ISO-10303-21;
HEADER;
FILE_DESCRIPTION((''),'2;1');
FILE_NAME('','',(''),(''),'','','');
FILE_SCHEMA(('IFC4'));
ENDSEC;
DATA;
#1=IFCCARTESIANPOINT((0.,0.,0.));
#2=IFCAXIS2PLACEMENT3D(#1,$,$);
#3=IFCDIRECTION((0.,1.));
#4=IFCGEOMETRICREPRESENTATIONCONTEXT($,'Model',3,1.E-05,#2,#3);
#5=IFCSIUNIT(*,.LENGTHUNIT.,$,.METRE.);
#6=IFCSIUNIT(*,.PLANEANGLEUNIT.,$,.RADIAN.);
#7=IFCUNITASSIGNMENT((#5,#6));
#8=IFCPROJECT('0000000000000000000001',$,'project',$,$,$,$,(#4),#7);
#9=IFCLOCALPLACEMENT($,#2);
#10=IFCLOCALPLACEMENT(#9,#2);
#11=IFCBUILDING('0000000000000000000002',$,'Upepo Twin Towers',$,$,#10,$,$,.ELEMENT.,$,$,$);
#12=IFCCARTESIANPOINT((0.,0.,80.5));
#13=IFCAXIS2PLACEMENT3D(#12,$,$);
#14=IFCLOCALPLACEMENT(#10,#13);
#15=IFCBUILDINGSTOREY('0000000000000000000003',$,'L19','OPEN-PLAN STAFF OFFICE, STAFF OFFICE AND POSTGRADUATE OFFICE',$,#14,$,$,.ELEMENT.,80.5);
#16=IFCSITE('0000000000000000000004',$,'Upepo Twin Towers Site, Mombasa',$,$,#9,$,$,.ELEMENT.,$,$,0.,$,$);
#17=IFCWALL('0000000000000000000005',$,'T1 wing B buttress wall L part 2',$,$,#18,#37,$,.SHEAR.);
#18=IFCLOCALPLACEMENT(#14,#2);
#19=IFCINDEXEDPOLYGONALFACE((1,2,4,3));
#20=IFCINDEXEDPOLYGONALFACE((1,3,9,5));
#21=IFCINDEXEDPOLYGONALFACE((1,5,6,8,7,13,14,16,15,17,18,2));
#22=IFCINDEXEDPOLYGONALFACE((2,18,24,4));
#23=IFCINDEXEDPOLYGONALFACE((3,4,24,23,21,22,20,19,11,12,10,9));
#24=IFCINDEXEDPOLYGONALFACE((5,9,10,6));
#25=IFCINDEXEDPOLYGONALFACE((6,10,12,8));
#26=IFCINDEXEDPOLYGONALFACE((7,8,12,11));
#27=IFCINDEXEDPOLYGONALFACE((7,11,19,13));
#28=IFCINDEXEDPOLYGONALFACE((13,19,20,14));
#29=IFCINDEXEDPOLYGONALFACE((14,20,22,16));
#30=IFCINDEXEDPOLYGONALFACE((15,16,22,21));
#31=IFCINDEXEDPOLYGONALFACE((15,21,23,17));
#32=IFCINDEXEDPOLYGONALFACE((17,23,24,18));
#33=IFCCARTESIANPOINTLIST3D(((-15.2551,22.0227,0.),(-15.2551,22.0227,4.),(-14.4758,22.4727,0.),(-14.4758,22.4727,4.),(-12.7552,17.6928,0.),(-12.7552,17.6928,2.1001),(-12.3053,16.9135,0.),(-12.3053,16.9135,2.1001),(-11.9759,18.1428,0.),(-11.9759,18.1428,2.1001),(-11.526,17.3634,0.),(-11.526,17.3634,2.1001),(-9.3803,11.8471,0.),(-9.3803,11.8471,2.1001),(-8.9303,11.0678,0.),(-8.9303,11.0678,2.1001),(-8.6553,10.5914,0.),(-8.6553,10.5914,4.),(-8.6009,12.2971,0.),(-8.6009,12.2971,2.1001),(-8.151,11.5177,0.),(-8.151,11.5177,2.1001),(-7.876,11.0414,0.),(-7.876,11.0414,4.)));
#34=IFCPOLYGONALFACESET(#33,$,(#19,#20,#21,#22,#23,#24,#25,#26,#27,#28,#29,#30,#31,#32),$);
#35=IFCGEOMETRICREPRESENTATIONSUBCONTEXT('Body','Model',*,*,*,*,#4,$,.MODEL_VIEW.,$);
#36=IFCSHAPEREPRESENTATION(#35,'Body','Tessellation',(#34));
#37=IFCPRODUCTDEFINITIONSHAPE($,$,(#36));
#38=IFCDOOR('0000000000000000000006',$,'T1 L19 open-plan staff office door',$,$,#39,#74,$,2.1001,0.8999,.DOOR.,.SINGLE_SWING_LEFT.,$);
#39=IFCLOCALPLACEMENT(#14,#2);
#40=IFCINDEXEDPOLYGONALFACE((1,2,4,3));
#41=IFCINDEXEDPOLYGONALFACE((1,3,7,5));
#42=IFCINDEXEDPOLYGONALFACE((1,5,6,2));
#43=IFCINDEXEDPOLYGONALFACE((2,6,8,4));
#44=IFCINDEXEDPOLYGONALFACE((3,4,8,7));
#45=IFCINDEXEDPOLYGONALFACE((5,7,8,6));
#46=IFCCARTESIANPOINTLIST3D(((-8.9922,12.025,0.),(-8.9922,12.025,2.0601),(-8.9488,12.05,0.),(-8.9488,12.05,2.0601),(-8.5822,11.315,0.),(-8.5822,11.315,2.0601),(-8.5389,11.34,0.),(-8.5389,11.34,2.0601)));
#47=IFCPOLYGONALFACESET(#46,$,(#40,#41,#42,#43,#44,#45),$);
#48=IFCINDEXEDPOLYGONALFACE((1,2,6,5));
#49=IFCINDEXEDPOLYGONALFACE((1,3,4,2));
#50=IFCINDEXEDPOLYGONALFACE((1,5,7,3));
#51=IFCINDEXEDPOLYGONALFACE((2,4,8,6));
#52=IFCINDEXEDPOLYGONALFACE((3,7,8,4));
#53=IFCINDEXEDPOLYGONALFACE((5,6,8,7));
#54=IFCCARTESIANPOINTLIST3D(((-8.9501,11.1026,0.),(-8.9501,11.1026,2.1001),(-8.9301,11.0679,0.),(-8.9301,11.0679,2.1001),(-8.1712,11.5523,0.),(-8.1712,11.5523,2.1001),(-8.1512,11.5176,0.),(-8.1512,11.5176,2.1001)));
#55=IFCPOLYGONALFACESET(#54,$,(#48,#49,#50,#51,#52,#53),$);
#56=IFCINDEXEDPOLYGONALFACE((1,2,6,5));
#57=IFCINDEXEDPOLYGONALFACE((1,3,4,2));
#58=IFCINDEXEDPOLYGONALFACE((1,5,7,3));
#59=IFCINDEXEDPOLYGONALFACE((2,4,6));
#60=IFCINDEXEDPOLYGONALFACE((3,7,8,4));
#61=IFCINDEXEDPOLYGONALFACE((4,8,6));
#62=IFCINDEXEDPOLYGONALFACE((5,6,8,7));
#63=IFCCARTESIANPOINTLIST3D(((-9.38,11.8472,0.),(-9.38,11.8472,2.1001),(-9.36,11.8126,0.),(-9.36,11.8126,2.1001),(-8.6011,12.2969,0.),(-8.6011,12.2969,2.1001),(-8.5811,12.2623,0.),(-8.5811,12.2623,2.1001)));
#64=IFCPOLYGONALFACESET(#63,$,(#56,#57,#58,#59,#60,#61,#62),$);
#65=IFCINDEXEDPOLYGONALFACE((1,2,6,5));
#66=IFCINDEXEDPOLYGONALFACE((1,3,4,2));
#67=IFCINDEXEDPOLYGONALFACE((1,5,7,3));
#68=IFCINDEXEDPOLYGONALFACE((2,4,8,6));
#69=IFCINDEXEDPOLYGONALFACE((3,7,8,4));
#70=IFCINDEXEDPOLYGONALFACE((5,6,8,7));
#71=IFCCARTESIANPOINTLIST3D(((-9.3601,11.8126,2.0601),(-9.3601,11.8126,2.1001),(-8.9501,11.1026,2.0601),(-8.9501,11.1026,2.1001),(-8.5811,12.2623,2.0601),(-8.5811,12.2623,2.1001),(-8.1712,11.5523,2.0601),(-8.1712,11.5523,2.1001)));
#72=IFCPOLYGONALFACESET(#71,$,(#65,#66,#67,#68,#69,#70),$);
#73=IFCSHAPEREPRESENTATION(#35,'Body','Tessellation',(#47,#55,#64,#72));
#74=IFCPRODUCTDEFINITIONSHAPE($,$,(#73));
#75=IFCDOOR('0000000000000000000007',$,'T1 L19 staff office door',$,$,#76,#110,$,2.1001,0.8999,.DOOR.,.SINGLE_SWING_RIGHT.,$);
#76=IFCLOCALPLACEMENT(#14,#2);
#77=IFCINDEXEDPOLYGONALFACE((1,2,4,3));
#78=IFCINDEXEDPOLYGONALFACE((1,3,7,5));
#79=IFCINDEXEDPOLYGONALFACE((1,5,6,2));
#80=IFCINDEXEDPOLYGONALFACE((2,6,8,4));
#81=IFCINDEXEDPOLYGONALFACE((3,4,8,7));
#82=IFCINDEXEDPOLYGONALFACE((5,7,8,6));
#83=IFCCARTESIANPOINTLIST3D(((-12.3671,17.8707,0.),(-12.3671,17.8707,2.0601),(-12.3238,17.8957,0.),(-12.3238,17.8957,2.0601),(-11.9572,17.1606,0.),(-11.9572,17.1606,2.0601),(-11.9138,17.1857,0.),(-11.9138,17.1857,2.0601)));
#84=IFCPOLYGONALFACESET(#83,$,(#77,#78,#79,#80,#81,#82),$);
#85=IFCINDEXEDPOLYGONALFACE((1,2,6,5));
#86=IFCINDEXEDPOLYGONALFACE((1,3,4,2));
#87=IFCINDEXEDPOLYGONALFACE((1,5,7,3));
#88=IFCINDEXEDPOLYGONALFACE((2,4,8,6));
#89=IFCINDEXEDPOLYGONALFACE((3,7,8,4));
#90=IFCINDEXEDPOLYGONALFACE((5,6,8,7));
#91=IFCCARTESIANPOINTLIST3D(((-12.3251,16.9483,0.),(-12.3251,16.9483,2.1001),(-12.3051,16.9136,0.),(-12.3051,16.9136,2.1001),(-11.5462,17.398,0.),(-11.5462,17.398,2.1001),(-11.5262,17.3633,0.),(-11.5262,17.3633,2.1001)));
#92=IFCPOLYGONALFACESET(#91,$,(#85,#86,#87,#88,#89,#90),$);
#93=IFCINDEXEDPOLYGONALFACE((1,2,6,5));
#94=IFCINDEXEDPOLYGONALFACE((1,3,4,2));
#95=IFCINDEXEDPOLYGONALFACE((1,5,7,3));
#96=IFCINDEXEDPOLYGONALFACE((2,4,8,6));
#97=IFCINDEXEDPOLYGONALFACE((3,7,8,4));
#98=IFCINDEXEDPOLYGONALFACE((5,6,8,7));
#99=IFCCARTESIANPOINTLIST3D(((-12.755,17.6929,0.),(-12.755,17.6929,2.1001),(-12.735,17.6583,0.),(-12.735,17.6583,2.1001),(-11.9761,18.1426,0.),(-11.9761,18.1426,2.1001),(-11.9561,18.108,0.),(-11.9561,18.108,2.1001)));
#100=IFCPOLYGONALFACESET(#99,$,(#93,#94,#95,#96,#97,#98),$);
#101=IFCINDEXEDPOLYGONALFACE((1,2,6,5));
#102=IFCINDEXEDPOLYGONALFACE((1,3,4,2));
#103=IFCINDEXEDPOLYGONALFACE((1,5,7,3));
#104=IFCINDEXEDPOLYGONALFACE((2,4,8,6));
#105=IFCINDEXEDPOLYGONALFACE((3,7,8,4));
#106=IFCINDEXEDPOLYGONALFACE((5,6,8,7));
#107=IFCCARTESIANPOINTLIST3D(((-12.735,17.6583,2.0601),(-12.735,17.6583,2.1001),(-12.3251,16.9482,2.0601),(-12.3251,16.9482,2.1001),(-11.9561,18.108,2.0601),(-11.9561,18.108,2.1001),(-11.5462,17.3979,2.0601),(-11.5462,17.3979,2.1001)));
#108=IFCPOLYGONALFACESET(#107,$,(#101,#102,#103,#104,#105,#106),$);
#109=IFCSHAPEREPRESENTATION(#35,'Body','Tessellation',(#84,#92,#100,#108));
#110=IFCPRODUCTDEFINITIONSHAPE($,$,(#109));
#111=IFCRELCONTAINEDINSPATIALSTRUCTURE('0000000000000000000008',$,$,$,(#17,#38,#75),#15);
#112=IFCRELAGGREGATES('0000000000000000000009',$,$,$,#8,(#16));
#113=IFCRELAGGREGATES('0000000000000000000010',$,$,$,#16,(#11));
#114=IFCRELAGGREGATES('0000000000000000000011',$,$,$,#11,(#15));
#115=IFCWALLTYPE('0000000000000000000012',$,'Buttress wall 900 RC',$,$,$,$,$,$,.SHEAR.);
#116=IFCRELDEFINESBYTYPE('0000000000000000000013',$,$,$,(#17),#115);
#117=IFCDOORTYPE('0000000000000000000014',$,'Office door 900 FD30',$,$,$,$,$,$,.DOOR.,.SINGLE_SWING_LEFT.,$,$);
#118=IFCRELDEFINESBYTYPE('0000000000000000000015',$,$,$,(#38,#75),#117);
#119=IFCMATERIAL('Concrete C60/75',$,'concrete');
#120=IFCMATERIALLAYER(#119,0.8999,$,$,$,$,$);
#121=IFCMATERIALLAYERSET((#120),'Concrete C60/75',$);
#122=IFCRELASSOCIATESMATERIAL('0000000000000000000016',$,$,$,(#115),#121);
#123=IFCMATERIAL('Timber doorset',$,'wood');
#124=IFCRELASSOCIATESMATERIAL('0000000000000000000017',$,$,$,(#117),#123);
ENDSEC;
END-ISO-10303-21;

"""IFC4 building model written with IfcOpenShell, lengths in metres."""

from ifc_helpers import new_model, si_unit, direction, frame, frame_2d, origin, place, context, subcontext, project, spatial, rectangle, extrude, material, layer, layer_set, type_object, element, fill, save


model = new_model("IFC4")

# Units and contexts
model_context = context("Model", 3, precision=1e-05, world=origin(), true_north=direction((0.0, 1.0)))
body_context = subcontext(model_context, "Body", "Model", "MODEL_VIEW")
ifc_project = project(units=[si_unit("LENGTHUNIT", "METRE"), si_unit("PLANEANGLEUNIT", "RADIAN")], contexts=[model_context])

# Site, building, storey
site_placement = place(None, origin())
site = spatial("IfcSite", under=ifc_project, at=site_placement, Name="Upepo Twin Towers Site, Mombasa", CompositionType="ELEMENT", RefElevation=0.0)
building_placement = place(site_placement, origin())
building = spatial("IfcBuilding", under=site, at=building_placement, Name="Upepo Twin Towers", CompositionType="ELEMENT")
storey_placement = place(building_placement, frame((0.0, 0.0, 80.5)))
storey = spatial("IfcBuildingStorey", under=building, at=storey_placement, Name="L19", Description="OPEN-PLAN STAFF OFFICE, STAFF OFFICE AND POSTGRADUATE OFFICE", CompositionType="ELEMENT", Elevation=80.5)

# Wall, openings, doors
ifc_material_1 = material(Name="Concrete C60/75", Category="concrete")
ifc_layer_1 = layer(ifc_material_1, 0.8999)
ifc_layer_set_1 = layer_set([ifc_layer_1], Name="Concrete C60/75")
wall_type_1 = type_object("IfcWallType", Name="Buttress wall 900 RC", PredefinedType="SHEAR", material=ifc_layer_set_1)
wall_1_placement = place(storey_placement, frame((-8.2656, 10.8164, 0.0), z_axis=(0.0, 0.0, 1.0), x_axis=(-0.499996, 0.866028, 0.0)))
wall_1 = element("IfcWall", 1, at=wall_1_placement, inside=storey, type_object=wall_type_1, Name="T1 wing B buttress wall L part 2", PredefinedType="SHEAR", context=body_context, shape_type="SweptSolid", body=[
    extrude(rectangle(XDim=13.1997, YDim=0.8999, at=frame_2d((6.5999, 0.0))), origin(), (0.0, 0.0, 1.0), 4.0),
])
opening_1_placement = place(wall_1_placement, frame((0.55, 0.0, 0.0)))
opening_1 = element("IfcOpeningElement", 2, at=opening_1_placement, cuts=wall_1, PredefinedType="OPENING", context=body_context, shape_type="SweptSolid", body=[
    extrude(rectangle(XDim=0.8999, YDim=2.1001, at=frame_2d((0.45, 1.05))), frame((0.0, 0.46, 0.0), z_axis=(0.0, -1.0, 0.0), x_axis=(1.0, 0.0, 0.0)), (0.0, 0.0, 1.0), 0.9199),
])
opening_2_placement = place(wall_1_placement, frame((7.3, 0.0, 0.0)))
opening_2 = element("IfcOpeningElement", 3, at=opening_2_placement, cuts=wall_1, PredefinedType="OPENING", context=body_context, shape_type="SweptSolid", body=[
    extrude(rectangle(XDim=0.8999, YDim=2.1001, at=frame_2d((0.45, 1.05))), frame((0.0, 0.46, 0.0), z_axis=(0.0, -1.0, 0.0), x_axis=(1.0, 0.0, 0.0)), (0.0, 0.0, 1.0), 0.9199),
])
ifc_material_2 = material(Name="Timber doorset", Category="wood")
door_type = type_object("IfcDoorType", Name="Office door 900 FD30", OperationType="SINGLE_SWING_LEFT", PredefinedType="DOOR", material=ifc_material_2)
door_1_placement = place(opening_1_placement, origin())
door_1 = element("IfcDoor", 4, at=door_1_placement, inside=storey, type_object=door_type, Name="T1 L19 open-plan staff office door", OperationType="SINGLE_SWING_LEFT", OverallHeight=2.1001, OverallWidth=0.8999, PredefinedType="DOOR", context=body_context, shape_type="SweptSolid", body=[
    extrude(rectangle(XDim=0.8199, YDim=2.0601, at=frame_2d((0.45, 1.03))), frame((0.0, 0.0249, 0.0), z_axis=(0.0, -1.0, 0.0), x_axis=(1.0, 0.0, 0.0)), (0.0, 0.0, 1.0), 0.05),
    extrude(rectangle(XDim=0.04, YDim=2.1001, at=frame_2d((0.02, 1.05))), frame((0.0, 0.4497, 0.0), z_axis=(0.0, -1.0, 0.0), x_axis=(1.0, 0.0, 0.0)), (0.0, 0.0, 1.0), 0.8994),
    extrude(rectangle(XDim=0.04, YDim=2.1001, at=frame_2d((0.8799, 1.05))), frame((0.0, 0.4497, 0.0), z_axis=(0.0, -1.0, 0.0), x_axis=(1.0, 0.0, 0.0)), (0.0, 0.0, 1.0), 0.8994),
    extrude(rectangle(XDim=0.8199, YDim=0.04, at=frame_2d((0.45, 2.0801))), frame((0.0, 0.4497, 0.0), z_axis=(0.0, -1.0, 0.0), x_axis=(1.0, 0.0, 0.0)), (0.0, 0.0, 1.0), 0.8994),
])
fill(opening_1, door_1)
door_2_placement = place(opening_2_placement, origin())
door_2 = element("IfcDoor", 5, at=door_2_placement, inside=storey, type_object=door_type, Name="T1 L19 staff office door", OperationType="SINGLE_SWING_RIGHT", OverallHeight=2.1001, OverallWidth=0.8999, PredefinedType="DOOR", context=body_context, shape_type="SweptSolid", body=[
    extrude(rectangle(XDim=0.8199, YDim=2.0601, at=frame_2d((0.45, 1.03))), frame((0.0, 0.0249, 0.0), z_axis=(0.0, -1.0, 0.0), x_axis=(1.0, 0.0, 0.0)), (0.0, 0.0, 1.0), 0.05),
    extrude(rectangle(XDim=0.04, YDim=2.1001, at=frame_2d((0.02, 1.05))), frame((0.0, 0.4497, 0.0), z_axis=(0.0, -1.0, 0.0), x_axis=(1.0, 0.0, 0.0)), (0.0, 0.0, 1.0), 0.8994),
    extrude(rectangle(XDim=0.04, YDim=2.1001, at=frame_2d((0.8799, 1.05))), frame((0.0, 0.4497, 0.0), z_axis=(0.0, -1.0, 0.0), x_axis=(1.0, 0.0, 0.0)), (0.0, 0.0, 1.0), 0.8994),
    extrude(rectangle(XDim=0.8199, YDim=0.04, at=frame_2d((0.45, 2.0801))), frame((0.0, 0.4497, 0.0), z_axis=(0.0, -1.0, 0.0), x_axis=(1.0, 0.0, 0.0)), (0.0, 0.0, 1.0), 0.8994),
])
fill(opening_2, door_2)

save(model, "model.ifc")
